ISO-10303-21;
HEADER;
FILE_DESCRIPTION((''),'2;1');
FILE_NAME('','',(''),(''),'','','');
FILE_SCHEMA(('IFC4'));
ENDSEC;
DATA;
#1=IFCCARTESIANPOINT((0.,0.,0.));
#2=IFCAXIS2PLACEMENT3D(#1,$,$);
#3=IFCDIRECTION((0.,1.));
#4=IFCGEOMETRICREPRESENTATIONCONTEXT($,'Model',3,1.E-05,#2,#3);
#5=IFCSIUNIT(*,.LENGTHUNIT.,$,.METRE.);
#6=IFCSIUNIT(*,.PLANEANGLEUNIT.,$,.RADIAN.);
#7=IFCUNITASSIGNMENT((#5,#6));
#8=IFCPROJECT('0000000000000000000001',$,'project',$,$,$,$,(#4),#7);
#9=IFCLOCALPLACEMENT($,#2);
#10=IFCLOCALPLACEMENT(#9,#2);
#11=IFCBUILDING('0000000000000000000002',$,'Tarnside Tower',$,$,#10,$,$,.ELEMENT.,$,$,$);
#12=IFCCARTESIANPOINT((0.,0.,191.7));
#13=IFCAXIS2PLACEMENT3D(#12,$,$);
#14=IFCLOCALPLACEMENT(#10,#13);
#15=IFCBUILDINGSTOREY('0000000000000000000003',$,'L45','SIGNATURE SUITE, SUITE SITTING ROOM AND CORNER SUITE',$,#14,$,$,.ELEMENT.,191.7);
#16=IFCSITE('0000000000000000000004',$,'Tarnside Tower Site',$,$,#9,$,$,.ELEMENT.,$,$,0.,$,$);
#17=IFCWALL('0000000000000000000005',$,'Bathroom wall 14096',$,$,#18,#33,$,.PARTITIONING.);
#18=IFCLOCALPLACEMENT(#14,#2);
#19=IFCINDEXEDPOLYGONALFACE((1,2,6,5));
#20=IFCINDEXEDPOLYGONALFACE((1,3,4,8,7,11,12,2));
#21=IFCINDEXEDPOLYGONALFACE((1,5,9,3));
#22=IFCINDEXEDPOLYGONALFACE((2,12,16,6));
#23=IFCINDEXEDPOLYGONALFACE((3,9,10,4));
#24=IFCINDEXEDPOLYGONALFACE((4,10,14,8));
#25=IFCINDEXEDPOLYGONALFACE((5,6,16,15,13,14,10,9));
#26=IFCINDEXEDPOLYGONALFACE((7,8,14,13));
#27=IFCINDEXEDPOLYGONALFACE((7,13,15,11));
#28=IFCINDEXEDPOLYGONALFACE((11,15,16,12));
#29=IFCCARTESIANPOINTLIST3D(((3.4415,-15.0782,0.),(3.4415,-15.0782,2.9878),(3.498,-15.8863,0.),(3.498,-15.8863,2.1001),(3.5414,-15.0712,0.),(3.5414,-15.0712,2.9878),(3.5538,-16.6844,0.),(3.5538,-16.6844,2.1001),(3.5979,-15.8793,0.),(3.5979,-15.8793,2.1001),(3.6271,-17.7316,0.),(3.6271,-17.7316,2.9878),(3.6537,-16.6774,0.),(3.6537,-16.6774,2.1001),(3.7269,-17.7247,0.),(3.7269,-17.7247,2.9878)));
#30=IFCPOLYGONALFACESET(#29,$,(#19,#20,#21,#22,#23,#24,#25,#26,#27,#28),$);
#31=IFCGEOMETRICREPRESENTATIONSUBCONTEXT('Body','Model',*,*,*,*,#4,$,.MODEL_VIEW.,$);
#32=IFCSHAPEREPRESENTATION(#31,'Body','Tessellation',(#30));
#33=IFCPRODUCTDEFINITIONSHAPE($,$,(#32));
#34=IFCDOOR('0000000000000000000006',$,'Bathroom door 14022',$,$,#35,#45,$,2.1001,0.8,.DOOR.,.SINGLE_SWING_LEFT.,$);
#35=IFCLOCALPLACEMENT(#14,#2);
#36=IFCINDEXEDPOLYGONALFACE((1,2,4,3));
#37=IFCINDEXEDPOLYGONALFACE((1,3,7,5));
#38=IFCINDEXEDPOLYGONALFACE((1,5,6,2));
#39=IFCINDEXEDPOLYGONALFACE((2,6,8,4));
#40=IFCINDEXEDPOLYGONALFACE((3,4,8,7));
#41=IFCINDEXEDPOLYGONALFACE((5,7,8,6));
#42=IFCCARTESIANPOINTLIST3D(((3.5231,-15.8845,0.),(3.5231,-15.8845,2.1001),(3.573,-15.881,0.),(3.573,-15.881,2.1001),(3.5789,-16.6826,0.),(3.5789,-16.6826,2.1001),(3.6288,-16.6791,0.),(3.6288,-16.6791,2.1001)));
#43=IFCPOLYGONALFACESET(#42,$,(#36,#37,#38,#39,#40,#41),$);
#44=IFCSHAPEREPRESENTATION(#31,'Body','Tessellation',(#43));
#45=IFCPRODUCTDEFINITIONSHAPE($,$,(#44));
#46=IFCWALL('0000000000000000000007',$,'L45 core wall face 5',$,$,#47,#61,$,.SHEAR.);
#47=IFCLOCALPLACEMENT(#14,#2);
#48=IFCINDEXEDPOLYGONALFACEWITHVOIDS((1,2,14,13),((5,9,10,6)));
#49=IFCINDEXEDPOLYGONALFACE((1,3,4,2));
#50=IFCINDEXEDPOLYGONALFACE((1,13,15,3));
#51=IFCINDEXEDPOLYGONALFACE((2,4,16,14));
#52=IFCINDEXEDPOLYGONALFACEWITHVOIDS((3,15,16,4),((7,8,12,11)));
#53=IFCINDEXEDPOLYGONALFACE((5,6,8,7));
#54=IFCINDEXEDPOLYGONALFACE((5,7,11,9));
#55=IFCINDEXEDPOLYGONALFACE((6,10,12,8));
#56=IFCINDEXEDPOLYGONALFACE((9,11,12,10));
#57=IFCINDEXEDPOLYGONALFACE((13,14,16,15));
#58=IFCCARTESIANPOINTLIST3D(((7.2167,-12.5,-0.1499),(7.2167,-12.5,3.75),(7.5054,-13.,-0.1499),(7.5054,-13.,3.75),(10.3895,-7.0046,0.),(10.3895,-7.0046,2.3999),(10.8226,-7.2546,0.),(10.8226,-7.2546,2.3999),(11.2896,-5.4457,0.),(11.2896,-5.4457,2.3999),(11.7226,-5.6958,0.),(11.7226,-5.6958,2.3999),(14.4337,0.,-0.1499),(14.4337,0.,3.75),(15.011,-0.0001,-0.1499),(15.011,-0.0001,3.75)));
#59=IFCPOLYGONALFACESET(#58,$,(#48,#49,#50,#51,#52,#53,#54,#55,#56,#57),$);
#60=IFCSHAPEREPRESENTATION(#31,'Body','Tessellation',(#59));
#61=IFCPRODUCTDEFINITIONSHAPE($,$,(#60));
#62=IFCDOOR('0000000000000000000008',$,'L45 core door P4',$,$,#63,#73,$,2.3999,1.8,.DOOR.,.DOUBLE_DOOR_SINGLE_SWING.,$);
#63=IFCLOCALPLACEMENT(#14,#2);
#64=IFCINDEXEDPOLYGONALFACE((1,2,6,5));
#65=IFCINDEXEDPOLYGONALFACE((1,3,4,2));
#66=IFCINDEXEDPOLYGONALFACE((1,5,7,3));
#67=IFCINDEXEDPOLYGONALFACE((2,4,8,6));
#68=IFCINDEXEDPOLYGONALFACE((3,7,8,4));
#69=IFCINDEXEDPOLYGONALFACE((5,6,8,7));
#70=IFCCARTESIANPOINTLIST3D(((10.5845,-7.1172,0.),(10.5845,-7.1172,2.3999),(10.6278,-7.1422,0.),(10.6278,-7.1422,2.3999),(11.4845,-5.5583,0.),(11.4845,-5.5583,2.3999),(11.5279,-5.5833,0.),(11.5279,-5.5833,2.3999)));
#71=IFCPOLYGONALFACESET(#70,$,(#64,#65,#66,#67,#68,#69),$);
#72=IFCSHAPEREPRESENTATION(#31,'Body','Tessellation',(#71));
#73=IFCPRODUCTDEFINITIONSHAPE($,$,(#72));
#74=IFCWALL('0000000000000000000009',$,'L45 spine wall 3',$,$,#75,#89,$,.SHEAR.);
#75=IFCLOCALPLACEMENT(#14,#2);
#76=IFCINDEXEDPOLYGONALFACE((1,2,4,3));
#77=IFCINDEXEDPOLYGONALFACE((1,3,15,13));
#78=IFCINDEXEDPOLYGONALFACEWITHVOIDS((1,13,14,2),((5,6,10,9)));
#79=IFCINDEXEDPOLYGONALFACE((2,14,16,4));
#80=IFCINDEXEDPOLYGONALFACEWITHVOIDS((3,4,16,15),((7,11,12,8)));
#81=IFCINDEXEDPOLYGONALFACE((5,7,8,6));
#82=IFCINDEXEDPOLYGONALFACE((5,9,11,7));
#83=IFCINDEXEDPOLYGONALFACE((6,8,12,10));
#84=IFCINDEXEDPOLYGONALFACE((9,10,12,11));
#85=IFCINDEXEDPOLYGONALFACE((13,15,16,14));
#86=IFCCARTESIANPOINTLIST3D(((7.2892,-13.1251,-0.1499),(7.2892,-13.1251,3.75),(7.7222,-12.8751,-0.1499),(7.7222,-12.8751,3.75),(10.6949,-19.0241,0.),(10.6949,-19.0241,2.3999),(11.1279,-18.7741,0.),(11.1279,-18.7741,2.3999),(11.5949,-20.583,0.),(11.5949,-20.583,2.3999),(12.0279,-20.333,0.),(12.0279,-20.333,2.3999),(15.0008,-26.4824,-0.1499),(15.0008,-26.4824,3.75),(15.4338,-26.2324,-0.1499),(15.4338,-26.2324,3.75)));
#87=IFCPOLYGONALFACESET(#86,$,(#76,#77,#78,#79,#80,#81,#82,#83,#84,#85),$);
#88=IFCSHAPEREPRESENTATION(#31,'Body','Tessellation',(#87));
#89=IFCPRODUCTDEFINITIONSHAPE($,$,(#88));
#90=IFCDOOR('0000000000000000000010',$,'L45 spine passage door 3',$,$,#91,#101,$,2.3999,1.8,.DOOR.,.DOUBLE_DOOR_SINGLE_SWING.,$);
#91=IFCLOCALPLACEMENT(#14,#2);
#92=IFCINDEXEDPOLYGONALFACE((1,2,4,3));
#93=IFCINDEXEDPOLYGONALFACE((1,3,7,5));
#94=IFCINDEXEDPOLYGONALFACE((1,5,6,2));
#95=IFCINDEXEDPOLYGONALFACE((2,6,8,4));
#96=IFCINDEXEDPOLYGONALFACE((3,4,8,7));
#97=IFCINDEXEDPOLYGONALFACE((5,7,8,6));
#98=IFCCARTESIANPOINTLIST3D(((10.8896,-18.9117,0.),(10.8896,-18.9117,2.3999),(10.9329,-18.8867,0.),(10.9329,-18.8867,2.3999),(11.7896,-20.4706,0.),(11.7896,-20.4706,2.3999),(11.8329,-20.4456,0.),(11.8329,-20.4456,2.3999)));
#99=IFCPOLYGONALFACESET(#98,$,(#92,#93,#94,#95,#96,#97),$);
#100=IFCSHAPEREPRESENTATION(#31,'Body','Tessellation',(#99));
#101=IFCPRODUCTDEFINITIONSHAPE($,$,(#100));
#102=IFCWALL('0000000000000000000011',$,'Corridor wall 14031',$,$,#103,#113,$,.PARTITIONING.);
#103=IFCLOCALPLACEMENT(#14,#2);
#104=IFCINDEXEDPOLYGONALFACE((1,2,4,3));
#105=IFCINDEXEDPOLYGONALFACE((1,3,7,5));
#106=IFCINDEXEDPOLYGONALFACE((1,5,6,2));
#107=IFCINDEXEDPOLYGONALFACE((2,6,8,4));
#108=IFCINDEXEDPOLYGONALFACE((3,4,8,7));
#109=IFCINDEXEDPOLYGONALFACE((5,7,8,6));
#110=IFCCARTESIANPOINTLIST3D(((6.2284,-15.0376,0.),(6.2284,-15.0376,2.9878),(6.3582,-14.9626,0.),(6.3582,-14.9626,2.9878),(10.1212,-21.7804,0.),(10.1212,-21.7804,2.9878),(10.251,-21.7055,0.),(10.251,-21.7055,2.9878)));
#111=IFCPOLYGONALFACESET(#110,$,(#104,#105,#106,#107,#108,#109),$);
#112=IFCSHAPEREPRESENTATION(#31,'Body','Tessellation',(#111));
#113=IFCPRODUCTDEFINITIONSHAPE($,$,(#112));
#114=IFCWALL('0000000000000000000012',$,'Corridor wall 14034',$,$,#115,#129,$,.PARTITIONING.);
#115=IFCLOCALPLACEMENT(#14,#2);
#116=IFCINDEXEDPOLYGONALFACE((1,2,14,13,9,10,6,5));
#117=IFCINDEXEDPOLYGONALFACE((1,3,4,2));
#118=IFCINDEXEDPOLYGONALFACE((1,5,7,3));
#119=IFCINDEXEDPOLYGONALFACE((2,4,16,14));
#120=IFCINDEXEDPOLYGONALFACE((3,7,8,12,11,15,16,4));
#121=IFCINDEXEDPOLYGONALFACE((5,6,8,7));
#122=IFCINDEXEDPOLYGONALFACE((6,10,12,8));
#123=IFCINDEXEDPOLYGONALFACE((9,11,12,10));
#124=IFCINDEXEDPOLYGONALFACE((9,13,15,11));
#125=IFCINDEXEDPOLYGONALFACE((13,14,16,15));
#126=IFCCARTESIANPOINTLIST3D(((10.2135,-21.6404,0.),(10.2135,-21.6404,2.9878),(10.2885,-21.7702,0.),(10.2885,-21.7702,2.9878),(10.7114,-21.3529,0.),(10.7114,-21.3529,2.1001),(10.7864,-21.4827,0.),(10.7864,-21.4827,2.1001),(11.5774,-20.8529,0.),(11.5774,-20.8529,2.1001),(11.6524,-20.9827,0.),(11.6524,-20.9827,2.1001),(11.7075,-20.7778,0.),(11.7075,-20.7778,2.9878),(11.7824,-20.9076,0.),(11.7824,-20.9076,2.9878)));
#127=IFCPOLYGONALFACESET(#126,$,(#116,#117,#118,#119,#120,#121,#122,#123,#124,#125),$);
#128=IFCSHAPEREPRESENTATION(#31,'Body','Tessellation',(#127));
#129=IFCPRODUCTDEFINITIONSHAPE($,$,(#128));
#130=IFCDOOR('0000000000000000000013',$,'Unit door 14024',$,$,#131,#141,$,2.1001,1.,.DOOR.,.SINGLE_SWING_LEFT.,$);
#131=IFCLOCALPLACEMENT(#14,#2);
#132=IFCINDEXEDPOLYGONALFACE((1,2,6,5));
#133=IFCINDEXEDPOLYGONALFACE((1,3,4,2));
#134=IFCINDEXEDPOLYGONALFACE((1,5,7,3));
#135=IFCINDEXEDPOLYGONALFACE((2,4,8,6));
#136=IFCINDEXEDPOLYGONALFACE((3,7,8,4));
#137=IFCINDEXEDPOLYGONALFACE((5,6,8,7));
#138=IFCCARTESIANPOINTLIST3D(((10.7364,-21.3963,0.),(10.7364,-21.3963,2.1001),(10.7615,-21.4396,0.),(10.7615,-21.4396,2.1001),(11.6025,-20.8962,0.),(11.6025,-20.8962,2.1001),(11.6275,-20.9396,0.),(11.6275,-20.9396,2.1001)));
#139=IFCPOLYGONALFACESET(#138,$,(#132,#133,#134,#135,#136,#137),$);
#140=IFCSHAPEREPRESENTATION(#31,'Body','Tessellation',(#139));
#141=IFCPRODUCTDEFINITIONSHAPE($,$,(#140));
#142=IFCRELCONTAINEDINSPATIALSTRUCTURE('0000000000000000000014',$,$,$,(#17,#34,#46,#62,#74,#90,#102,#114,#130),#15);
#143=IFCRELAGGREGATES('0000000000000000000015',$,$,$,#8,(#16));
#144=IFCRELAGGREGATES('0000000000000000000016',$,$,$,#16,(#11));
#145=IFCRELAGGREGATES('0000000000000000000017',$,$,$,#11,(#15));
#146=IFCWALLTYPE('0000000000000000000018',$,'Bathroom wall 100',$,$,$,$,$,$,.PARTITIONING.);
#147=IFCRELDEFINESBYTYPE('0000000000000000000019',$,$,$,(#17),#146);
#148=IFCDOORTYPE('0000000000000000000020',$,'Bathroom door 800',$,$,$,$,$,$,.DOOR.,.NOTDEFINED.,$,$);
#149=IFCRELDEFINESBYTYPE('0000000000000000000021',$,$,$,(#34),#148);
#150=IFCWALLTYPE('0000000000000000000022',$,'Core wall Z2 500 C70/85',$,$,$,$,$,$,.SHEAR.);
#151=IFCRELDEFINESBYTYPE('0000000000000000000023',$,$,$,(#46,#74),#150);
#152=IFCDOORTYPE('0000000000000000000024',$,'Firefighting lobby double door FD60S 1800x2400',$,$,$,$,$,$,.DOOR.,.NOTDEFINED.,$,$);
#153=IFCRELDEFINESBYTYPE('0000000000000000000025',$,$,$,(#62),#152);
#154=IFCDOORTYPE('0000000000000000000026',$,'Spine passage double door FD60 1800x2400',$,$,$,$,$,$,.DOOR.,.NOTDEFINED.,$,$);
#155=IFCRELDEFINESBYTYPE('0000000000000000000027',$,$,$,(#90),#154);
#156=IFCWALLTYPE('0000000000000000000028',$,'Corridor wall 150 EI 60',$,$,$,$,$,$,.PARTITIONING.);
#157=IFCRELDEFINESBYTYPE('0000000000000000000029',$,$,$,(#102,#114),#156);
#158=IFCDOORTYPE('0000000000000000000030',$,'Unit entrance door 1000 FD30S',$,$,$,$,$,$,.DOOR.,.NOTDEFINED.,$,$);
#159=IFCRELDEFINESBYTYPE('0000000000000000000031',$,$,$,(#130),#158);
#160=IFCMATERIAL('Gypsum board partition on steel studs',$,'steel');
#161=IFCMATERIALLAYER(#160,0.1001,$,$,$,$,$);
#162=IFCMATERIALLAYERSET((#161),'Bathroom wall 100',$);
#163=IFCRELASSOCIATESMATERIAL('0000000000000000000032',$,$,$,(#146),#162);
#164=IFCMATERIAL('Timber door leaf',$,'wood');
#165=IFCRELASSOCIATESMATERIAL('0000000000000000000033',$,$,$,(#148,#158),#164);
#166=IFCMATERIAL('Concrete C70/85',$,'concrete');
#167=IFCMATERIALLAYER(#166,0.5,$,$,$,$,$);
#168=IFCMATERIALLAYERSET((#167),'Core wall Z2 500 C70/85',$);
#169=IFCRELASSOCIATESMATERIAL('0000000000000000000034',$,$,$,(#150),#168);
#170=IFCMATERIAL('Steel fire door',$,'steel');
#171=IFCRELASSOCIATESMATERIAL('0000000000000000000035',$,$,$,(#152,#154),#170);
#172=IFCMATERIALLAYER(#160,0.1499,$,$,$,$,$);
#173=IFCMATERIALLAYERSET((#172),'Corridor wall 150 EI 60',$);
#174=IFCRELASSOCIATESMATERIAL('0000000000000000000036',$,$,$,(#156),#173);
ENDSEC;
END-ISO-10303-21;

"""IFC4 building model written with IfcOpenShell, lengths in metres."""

from ifc_helpers import new_model, si_unit, direction, frame, frame_2d, origin, place, context, subcontext, project, spatial, polyline, rectangle, outline, extrude, material, layer, layer_set, type_object, element, fill, save


model = new_model("IFC4")

# Units and contexts
model_context = context("Model", 3, precision=1e-05, world=origin(), true_north=direction((0.0, 1.0)))
body_context = subcontext(model_context, "Body", "Model", "MODEL_VIEW")
ifc_project = project(units=[si_unit("LENGTHUNIT", "METRE"), si_unit("PLANEANGLEUNIT", "RADIAN")], contexts=[model_context])

# Site, building, storey
site_placement = place(None, origin())
site = spatial("IfcSite", under=ifc_project, at=site_placement, Name="Tarnside Tower Site", CompositionType="ELEMENT", RefElevation=0.0)
building_placement = place(site_placement, origin())
building = spatial("IfcBuilding", under=site, at=building_placement, Name="Tarnside Tower", CompositionType="ELEMENT")
storey_placement = place(building_placement, frame((0.0, 0.0, 191.7)))
storey = spatial("IfcBuildingStorey", under=building, at=storey_placement, Name="L45", Description="SIGNATURE SUITE, SUITE SITTING ROOM AND CORNER SUITE", CompositionType="ELEMENT", Elevation=191.7)

# Shared definitions
ifc_material_1 = material(Name="Gypsum board partition on steel studs", Category="steel")
ifc_layer_1 = layer(ifc_material_1, 0.1001)
ifc_layer_set_1 = layer_set([ifc_layer_1], Name="Bathroom wall 100")
wall_type_1 = type_object("IfcWallType", Name="Bathroom wall 100", PredefinedType="PARTITIONING", material=ifc_layer_set_1)

# Walls, openings, doors
wall_1_placement = place(storey_placement, frame((3.677, -17.7283, 0.0), z_axis=(0.0, 0.0, 1.0), x_axis=(-0.06976, 0.997564, 0.0)))
wall_1 = element("IfcWall", 1, at=wall_1_placement, inside=storey, type_object=wall_type_1, Name="Bathroom wall 14096", PredefinedType="PARTITIONING", context=body_context, shape_type="SweptSolid", body=[
    extrude(rectangle(XDim=2.6599, YDim=0.1001, at=frame_2d((1.3301, 0.0))), origin(), (0.0, 0.0, 1.0), 2.9878),
])
opening_1_placement = place(wall_1_placement, frame((1.05, 0.0, 0.0)))
opening_1 = element("IfcOpeningElement", 2, at=opening_1_placement, cuts=wall_1, PredefinedType="OPENING", context=body_context, shape_type="SweptSolid", body=[
    extrude(rectangle(XDim=0.8, YDim=2.1001, at=frame_2d((0.3999, 1.05))), frame((0.0, 0.0601, 0.0), z_axis=(0.0, -1.0, 0.0), x_axis=(1.0, 0.0, 0.0)), (0.0, 0.0, 1.0), 0.1201),
])
ifc_material_2 = material(Name="Timber door leaf", Category="wood")
door_type_1 = type_object("IfcDoorType", Name="Bathroom door 800", OperationType="NOTDEFINED", PredefinedType="DOOR", material=ifc_material_2)
door_1_placement = place(opening_1_placement, origin())
door_1 = element("IfcDoor", 3, at=door_1_placement, inside=storey, type_object=door_type_1, Name="Bathroom door 14022", OperationType="SINGLE_SWING_LEFT", OverallHeight=2.1001, OverallWidth=0.8, PredefinedType="DOOR", context=body_context, shape_type="SweptSolid", body=[
    extrude(rectangle(XDim=0.8, YDim=2.1001, at=frame_2d((0.3999, 1.05))), frame((0.0, 0.0249, 0.0), z_axis=(0.0, -1.0, 0.0), x_axis=(1.0, 0.0, 0.0)), (0.0, 0.0, 1.0), 0.05),
])
fill(opening_1, door_1)
ifc_material_3 = material(Name="Concrete C70/85", Category="concrete")
ifc_layer_2 = layer(ifc_material_3, 0.5)
ifc_layer_set_2 = layer_set([ifc_layer_2], Name="Core wall Z2 500 C70/85")
wall_type_2 = type_object("IfcWallType", Name="Core wall Z2 500 C70/85", PredefinedType="SHEAR", material=ifc_layer_set_2)
wall_2_placement = place(storey_placement, frame((7.3611, -12.75, -0.1499), z_axis=(0.0, 0.0, 1.0), x_axis=(0.500006, 0.866022, 0.0)))
wall_2 = element("IfcWall", 4, at=wall_2_placement, inside=storey, type_object=wall_type_2, Name="L45 core wall face 5", PredefinedType="SHEAR", context=body_context, shape_type="SweptSolid", body=[
    extrude(outline(polyline([(-0.1443, -0.25), (14.8667, -0.25), (14.5781, 0.25), (0.1443, 0.25), (-0.1443, -0.25)])), origin(), (0.0, 0.0, 1.0), 3.8999),
])
opening_2_placement = place(wall_2_placement, frame((6.49, 0.0, 0.1499)))
opening_2 = element("IfcOpeningElement", 5, at=opening_2_placement, cuts=wall_2, PredefinedType="OPENING", context=body_context, shape_type="SweptSolid", body=[
    extrude(rectangle(XDim=1.8, YDim=2.3999, at=frame_2d((0.8999, 1.2))), frame((0.0, 0.26, 0.0), z_axis=(0.0, -1.0, 0.0), x_axis=(1.0, 0.0, 0.0)), (0.0, 0.0, 1.0), 0.52),
])
ifc_material_4 = material(Name="Steel fire door", Category="steel")
door_type_2 = type_object("IfcDoorType", Name="Firefighting lobby double door FD60S 1800x2400", OperationType="NOTDEFINED", PredefinedType="DOOR", material=ifc_material_4)
door_2_placement = place(opening_2_placement, origin())
door_2 = element("IfcDoor", 6, at=door_2_placement, inside=storey, type_object=door_type_2, Name="L45 core door P4", OperationType="DOUBLE_DOOR_SINGLE_SWING", OverallHeight=2.3999, OverallWidth=1.8, PredefinedType="DOOR", context=body_context, shape_type="SweptSolid", body=[
    extrude(rectangle(XDim=1.8, YDim=2.3999, at=frame_2d((0.8999, 1.2))), frame((0.0, 0.0249, 0.0), z_axis=(0.0, -1.0, 0.0), x_axis=(1.0, 0.0, 0.0)), (0.0, 0.0, 1.0), 0.05),
])
fill(opening_2, door_2)
wall_3_placement = place(storey_placement, frame((7.5056, -13.0, -0.1499), z_axis=(0.0, 0.0, 1.0), x_axis=(0.499988, -0.866032, 0.0)))
wall_3 = element("IfcWall", 7, at=wall_3_placement, inside=storey, type_object=wall_type_2, Name="L45 spine wall 3", PredefinedType="SHEAR", context=body_context, shape_type="SweptSolid", body=[
    extrude(rectangle(XDim=15.4236, YDim=0.5, at=frame_2d((7.7119, 0.0))), origin(), (0.0, 0.0, 1.0), 3.8999),
])
opening_3_placement = place(wall_3_placement, frame((6.8118, 0.0, 0.1499)))
opening_3 = element("IfcOpeningElement", 8, at=opening_3_placement, cuts=wall_3, PredefinedType="OPENING", context=body_context, shape_type="SweptSolid", body=[
    extrude(rectangle(XDim=1.8, YDim=2.3999, at=frame_2d((0.8999, 1.2))), frame((0.0, 0.26, 0.0), z_axis=(0.0, -1.0, 0.0), x_axis=(1.0, 0.0, 0.0)), (0.0, 0.0, 1.0), 0.52),
])
door_type_3 = type_object("IfcDoorType", Name="Spine passage double door FD60 1800x2400", OperationType="NOTDEFINED", PredefinedType="DOOR", material=ifc_material_4)
door_3_placement = place(opening_3_placement, origin())
door_3 = element("IfcDoor", 9, at=door_3_placement, inside=storey, type_object=door_type_3, Name="L45 spine passage door 3", OperationType="DOUBLE_DOOR_SINGLE_SWING", OverallHeight=2.3999, OverallWidth=1.8, PredefinedType="DOOR", context=body_context, shape_type="SweptSolid", body=[
    extrude(rectangle(XDim=1.8, YDim=2.3999, at=frame_2d((0.8999, 1.2))), frame((0.0, 0.0249, 0.0), z_axis=(0.0, -1.0, 0.0), x_axis=(1.0, 0.0, 0.0)), (0.0, 0.0, 1.0), 0.05),
])
fill(opening_3, door_3)

# Wall
ifc_layer_3 = layer(ifc_material_1, 0.1499)
ifc_layer_set_3 = layer_set([ifc_layer_3], Name="Corridor wall 150 EI 60")
wall_type_3 = type_object("IfcWallType", Name="Corridor wall 150 EI 60", PredefinedType="PARTITIONING", material=ifc_layer_set_3)
wall_4_placement = place(storey_placement, frame((6.2932, -15.0, 0.0), z_axis=(0.0, 0.0, 1.0), x_axis=(0.49998, -0.866037, 0.0)))
element("IfcWall", 10, at=wall_4_placement, inside=storey, type_object=wall_type_3, Name="Corridor wall 14031", PredefinedType="PARTITIONING", context=body_context, shape_type="SweptSolid", body=[
    extrude(rectangle(XDim=7.7859, YDim=0.1499, at=frame_2d((3.8931, 0.0))), origin(), (0.0, 0.0, 1.0), 2.9878),
])

# Wall, opening, door
wall_5_placement = place(storey_placement, frame((10.251, -21.7053, 0.0), z_axis=(0.0, 0.0, 1.0), x_axis=(0.866014, 0.500021, 0.0)))
wall_5 = element("IfcWall", 11, at=wall_5_placement, inside=storey, type_object=wall_type_3, Name="Corridor wall 14034", PredefinedType="PARTITIONING", context=body_context, shape_type="SweptSolid", body=[
    extrude(rectangle(XDim=1.7251, YDim=0.1499, at=frame_2d((0.8625, 0.0))), origin(), (0.0, 0.0, 1.0), 2.9878),
])
opening_4_placement = place(wall_5_placement, frame((0.575, 0.0, 0.0)))
opening_4 = element("IfcOpeningElement", 12, at=opening_4_placement, cuts=wall_5, PredefinedType="OPENING", context=body_context, shape_type="SweptSolid", body=[
    extrude(rectangle(XDim=1.0, YDim=2.1001, at=frame_2d((0.5, 1.05))), frame((0.0, 0.085, 0.0), z_axis=(0.0, -1.0, 0.0), x_axis=(1.0, 0.0, 0.0)), (0.0, 0.0, 1.0), 0.1699),
])
door_type_4 = type_object("IfcDoorType", Name="Unit entrance door 1000 FD30S", OperationType="NOTDEFINED", PredefinedType="DOOR", material=ifc_material_2)
door_4_placement = place(opening_4_placement, origin())
door_4 = element("IfcDoor", 13, at=door_4_placement, inside=storey, type_object=door_type_4, Name="Unit door 14024", OperationType="SINGLE_SWING_LEFT", OverallHeight=2.1001, OverallWidth=1.0, PredefinedType="DOOR", context=body_context, shape_type="SweptSolid", body=[
    extrude(rectangle(XDim=1.0, YDim=2.1001, at=frame_2d((0.5, 1.05))), frame((0.0, 0.0249, 0.0), z_axis=(0.0, -1.0, 0.0), x_axis=(1.0, 0.0, 0.0)), (0.0, 0.0, 1.0), 0.05),
])
fill(opening_4, door_4)

save(model, "model.ifc")
